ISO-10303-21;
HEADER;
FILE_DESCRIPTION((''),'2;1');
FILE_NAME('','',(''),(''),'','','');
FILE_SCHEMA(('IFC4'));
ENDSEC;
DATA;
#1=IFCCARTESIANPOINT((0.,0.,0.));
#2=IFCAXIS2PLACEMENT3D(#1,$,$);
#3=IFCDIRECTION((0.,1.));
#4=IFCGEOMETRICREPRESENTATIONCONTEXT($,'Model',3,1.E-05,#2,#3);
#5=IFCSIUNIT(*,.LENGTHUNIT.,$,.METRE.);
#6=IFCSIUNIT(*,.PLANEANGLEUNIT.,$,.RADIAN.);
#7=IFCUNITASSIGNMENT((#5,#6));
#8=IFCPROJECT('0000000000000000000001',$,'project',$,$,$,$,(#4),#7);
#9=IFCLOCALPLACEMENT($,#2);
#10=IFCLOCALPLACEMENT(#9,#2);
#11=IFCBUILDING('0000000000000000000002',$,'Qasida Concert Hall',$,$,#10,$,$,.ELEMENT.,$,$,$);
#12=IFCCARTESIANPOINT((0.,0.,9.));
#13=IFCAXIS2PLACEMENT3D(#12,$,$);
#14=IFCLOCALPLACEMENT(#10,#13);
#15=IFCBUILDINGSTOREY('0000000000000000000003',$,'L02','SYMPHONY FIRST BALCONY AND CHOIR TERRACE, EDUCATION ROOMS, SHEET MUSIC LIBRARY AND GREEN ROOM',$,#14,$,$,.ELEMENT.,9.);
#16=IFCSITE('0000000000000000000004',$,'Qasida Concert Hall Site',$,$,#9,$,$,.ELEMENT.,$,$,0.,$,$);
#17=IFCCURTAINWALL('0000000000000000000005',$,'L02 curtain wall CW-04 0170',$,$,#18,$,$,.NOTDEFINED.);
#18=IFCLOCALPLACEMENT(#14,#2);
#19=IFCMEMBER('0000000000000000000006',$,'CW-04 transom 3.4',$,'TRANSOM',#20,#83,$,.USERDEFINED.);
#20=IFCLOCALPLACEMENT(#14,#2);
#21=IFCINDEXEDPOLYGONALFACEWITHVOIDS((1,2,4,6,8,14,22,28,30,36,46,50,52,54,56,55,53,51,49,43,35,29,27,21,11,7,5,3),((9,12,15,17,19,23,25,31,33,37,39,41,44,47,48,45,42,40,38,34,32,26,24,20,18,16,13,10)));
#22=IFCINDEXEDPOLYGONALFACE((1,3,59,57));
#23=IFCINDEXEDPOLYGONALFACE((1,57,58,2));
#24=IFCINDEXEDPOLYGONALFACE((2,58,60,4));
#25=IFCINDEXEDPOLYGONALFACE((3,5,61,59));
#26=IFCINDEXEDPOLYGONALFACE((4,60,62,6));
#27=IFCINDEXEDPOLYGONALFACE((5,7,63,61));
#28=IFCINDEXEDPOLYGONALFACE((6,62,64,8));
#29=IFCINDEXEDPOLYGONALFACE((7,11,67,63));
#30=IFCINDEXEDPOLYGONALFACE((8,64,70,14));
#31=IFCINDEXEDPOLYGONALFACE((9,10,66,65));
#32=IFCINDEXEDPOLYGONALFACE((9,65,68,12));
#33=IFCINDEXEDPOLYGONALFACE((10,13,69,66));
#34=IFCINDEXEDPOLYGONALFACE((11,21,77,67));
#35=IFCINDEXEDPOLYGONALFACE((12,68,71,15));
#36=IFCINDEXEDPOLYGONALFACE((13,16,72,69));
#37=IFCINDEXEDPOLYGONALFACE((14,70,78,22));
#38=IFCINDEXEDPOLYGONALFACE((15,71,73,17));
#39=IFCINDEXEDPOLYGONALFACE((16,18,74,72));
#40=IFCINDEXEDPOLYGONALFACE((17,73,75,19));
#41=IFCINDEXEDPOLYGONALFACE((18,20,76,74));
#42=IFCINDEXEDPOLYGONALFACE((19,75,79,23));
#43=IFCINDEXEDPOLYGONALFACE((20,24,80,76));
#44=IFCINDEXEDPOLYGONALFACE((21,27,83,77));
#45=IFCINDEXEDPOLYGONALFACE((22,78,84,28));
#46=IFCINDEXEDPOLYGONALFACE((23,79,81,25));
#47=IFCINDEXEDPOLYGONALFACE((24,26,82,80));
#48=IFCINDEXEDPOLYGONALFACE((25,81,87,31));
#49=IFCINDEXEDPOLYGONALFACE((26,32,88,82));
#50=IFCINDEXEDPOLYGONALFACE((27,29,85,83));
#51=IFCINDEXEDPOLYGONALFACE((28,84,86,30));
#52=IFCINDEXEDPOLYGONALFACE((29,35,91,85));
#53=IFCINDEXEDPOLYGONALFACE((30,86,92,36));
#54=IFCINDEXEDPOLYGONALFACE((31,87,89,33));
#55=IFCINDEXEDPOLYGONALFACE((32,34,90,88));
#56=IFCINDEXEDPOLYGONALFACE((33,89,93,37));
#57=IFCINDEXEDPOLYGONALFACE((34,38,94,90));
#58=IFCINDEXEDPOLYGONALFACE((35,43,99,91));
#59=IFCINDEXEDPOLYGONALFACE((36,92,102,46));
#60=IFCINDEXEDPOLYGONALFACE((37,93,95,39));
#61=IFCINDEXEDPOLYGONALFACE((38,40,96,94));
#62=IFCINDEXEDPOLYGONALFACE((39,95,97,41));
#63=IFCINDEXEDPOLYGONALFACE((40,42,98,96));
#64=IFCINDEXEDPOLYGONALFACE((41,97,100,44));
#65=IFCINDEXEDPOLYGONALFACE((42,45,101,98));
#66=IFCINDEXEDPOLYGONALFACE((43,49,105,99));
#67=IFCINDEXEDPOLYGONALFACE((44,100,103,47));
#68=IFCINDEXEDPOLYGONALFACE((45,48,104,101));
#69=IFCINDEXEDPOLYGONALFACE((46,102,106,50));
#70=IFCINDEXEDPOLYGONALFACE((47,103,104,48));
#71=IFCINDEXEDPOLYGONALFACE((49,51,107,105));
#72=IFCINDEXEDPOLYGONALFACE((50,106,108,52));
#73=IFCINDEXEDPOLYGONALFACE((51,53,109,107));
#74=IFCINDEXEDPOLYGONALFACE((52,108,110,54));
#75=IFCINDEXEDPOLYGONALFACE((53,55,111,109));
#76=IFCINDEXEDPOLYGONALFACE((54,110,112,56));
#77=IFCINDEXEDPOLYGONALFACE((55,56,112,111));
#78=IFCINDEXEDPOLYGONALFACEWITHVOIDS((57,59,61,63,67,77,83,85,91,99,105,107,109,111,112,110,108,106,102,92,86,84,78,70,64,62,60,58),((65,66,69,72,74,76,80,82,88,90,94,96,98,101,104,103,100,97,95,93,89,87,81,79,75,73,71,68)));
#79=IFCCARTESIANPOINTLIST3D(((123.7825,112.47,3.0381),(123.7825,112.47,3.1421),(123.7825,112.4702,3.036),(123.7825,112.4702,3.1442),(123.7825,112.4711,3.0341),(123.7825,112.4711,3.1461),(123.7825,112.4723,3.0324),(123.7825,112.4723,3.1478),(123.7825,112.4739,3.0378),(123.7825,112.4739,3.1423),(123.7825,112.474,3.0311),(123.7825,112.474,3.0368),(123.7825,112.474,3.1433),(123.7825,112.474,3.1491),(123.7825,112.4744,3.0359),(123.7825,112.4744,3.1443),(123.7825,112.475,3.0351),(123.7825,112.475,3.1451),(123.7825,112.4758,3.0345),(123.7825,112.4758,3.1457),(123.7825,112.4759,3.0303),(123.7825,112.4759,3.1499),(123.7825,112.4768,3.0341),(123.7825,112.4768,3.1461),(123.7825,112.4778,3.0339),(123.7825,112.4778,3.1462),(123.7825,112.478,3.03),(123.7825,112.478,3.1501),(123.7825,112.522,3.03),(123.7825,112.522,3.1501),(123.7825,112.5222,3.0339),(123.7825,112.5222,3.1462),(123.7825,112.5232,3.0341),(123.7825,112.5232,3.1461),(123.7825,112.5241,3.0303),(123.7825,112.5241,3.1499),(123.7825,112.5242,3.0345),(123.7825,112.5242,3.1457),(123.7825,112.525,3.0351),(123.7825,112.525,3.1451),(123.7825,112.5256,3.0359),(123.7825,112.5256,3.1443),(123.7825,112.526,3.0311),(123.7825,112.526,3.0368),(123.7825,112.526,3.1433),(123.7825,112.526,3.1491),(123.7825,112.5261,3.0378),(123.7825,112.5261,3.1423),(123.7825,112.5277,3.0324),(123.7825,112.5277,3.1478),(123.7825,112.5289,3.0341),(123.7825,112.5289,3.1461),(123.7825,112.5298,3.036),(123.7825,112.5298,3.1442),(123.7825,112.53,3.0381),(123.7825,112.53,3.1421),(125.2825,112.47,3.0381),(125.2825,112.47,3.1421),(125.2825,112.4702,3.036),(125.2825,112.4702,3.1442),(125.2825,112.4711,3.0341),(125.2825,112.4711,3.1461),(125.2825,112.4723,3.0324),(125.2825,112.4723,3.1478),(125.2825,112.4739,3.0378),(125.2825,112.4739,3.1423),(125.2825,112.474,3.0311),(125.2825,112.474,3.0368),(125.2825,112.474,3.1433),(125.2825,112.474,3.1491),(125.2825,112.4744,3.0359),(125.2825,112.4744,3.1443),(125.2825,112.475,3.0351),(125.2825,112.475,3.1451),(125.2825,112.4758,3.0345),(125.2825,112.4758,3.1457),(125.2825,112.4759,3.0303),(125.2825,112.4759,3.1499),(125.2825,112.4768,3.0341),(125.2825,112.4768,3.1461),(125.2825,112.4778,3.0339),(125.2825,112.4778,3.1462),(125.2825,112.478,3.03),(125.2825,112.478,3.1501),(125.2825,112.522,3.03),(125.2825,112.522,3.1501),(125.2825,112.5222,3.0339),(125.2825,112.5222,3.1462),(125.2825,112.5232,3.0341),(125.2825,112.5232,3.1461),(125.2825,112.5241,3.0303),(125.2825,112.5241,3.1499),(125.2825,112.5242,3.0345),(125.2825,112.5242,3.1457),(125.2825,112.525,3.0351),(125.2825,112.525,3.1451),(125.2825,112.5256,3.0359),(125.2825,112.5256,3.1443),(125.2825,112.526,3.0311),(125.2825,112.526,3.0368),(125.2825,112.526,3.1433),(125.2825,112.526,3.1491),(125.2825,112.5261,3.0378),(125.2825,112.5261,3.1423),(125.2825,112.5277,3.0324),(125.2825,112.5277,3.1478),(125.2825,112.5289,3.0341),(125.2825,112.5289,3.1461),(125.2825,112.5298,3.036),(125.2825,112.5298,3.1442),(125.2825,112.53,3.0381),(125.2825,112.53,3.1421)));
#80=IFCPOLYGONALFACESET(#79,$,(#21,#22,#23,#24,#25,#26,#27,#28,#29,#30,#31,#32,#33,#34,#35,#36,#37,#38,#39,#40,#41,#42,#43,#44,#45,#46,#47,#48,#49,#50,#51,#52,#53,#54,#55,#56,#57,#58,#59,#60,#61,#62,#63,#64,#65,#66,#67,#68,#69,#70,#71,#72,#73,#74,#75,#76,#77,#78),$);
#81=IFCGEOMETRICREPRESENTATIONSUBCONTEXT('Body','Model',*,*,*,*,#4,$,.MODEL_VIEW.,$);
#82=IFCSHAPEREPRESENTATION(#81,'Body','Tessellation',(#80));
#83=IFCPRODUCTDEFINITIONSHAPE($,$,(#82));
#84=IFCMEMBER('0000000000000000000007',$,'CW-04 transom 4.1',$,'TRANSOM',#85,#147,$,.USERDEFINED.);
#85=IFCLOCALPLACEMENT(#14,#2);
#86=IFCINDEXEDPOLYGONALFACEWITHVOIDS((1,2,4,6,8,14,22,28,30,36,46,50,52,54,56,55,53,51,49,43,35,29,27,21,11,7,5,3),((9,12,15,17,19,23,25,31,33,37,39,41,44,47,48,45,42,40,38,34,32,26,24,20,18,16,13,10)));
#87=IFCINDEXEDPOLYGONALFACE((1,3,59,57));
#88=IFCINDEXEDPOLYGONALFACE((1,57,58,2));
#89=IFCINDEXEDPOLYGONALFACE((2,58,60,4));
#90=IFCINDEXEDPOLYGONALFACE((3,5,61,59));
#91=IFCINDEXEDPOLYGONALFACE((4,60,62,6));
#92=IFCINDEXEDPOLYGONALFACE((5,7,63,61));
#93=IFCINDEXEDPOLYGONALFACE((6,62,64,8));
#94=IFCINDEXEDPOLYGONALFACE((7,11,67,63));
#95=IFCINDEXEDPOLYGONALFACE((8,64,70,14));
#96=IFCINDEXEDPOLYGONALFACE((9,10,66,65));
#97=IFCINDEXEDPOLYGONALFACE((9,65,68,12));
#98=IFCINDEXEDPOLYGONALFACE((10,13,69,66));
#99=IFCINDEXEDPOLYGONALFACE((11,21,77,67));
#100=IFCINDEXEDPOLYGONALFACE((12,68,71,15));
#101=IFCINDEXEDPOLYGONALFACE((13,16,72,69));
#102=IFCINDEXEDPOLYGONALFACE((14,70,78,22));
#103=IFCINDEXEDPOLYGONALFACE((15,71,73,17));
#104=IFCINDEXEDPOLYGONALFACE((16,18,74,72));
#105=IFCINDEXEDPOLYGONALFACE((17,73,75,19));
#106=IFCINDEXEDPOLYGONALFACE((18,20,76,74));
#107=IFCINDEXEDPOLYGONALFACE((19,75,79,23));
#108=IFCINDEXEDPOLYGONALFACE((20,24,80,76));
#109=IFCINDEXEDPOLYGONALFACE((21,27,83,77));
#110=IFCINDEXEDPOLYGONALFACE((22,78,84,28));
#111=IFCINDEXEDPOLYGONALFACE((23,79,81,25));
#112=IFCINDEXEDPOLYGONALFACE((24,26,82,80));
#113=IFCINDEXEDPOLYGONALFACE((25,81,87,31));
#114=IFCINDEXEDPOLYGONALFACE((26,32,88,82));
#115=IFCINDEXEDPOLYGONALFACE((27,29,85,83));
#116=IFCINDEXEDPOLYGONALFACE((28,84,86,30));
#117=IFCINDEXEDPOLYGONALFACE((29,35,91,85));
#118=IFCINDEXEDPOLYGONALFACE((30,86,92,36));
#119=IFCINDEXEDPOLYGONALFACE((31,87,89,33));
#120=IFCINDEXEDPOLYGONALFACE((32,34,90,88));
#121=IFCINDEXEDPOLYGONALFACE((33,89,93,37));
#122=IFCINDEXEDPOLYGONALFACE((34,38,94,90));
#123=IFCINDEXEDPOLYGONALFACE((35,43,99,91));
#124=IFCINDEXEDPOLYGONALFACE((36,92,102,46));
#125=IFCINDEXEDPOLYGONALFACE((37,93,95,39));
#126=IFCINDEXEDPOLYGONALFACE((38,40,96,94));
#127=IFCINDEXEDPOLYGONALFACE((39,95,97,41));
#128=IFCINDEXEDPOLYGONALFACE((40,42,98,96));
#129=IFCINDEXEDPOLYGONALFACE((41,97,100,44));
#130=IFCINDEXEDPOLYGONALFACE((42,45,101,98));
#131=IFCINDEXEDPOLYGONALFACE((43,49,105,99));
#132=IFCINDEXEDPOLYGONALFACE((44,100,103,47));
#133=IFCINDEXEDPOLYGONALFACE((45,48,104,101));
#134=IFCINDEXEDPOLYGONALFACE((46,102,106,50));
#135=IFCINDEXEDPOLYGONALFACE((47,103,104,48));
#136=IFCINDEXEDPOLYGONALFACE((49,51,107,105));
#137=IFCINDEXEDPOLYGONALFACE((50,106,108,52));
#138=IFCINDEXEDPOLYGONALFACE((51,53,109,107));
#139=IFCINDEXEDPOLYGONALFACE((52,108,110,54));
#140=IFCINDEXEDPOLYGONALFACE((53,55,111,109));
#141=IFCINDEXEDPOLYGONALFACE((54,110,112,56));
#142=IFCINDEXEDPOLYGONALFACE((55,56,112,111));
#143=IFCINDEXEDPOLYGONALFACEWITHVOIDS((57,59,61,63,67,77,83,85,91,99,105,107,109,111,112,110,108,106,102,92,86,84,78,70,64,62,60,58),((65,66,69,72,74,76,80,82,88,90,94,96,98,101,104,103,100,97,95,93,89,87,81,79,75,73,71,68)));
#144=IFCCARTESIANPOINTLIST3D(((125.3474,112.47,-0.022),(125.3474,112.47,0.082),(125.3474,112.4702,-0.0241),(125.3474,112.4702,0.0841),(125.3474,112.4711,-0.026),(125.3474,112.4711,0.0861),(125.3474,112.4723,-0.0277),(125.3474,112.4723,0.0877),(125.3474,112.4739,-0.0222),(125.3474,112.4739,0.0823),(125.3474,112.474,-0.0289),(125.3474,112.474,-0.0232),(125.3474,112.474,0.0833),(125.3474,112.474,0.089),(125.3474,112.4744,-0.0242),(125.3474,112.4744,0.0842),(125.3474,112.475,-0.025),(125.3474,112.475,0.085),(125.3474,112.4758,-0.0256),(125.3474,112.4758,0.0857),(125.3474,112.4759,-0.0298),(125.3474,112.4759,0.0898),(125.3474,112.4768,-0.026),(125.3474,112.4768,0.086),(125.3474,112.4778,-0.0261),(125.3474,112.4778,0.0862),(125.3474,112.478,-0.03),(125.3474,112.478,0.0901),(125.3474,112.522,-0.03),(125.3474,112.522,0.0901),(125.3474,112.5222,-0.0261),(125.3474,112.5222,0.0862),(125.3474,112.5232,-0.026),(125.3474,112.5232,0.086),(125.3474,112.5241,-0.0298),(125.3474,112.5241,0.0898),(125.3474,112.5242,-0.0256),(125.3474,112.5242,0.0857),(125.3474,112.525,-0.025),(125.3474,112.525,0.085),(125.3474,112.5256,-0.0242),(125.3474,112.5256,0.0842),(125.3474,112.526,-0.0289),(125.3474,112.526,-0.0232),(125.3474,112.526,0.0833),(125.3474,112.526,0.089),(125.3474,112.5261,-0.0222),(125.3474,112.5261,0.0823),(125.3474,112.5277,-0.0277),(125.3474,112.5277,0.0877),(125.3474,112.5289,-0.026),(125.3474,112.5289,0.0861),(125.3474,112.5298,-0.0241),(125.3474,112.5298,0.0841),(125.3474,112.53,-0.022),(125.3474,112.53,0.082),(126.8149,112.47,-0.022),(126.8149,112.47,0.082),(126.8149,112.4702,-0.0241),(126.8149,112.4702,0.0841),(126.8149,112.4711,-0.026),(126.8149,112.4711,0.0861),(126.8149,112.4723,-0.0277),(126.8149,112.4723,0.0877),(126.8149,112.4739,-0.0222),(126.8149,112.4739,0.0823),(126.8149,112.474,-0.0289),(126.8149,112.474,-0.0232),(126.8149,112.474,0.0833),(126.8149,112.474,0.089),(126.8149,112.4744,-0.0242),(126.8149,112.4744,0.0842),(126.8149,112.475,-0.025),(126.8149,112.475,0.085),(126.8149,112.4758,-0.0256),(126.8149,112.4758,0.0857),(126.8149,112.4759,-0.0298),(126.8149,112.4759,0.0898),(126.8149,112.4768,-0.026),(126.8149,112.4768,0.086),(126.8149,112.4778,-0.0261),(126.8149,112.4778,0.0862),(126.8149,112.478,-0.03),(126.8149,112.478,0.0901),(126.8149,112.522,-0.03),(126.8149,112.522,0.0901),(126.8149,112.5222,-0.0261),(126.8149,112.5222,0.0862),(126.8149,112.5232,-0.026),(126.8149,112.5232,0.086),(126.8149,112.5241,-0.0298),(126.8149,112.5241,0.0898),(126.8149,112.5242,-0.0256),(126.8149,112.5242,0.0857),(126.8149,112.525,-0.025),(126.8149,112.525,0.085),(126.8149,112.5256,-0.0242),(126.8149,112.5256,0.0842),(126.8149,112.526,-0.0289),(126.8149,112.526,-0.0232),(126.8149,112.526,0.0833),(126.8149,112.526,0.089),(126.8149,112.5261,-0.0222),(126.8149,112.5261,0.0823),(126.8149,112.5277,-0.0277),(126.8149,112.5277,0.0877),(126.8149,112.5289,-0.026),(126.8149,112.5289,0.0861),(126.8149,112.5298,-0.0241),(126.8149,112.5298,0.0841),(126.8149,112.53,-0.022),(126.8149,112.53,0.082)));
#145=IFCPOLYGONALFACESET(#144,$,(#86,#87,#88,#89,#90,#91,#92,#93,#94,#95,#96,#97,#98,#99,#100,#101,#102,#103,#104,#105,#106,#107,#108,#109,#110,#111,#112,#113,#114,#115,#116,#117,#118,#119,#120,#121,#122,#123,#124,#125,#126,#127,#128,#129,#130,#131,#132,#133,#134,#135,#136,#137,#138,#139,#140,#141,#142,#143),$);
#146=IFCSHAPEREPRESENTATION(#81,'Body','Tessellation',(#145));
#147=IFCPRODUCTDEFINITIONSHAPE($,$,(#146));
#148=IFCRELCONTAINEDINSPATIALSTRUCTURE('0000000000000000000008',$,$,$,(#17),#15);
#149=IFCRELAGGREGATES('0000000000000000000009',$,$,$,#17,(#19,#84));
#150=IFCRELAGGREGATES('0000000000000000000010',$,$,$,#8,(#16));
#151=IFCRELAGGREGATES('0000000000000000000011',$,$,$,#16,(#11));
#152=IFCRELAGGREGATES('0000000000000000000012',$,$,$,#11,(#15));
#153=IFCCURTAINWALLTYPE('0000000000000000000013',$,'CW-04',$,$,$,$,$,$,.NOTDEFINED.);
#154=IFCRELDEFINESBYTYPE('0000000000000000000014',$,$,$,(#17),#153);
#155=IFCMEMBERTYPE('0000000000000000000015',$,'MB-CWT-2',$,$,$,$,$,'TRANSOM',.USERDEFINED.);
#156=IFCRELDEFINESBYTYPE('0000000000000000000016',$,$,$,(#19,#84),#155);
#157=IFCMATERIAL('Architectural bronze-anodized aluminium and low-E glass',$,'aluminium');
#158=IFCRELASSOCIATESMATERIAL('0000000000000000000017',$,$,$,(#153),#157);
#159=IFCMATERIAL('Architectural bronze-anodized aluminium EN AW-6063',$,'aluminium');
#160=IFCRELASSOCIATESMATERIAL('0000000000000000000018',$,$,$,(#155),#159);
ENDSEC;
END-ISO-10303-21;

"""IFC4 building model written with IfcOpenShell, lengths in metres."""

from ifc_helpers import new_model, si_unit, direction, frame, origin, origin_2d, place, context, subcontext, project, spatial, hollow_rectangle, extrude, material, material_profile, profile_set, type_object, element, aggregate, save


model = new_model("IFC4")

# Units and contexts
model_context = context("Model", 3, precision=1e-05, world=origin(), true_north=direction((0.0, 1.0)))
body_context = subcontext(model_context, "Body", "Model", "MODEL_VIEW")
ifc_project = project(units=[si_unit("LENGTHUNIT", "METRE"), si_unit("PLANEANGLEUNIT", "RADIAN")], contexts=[model_context])

# Site, building, storey
site_placement = place(None, origin())
site = spatial("IfcSite", under=ifc_project, at=site_placement, Name="Qasida Concert Hall Site", CompositionType="ELEMENT", RefElevation=0.0)
building_placement = place(site_placement, origin())
building = spatial("IfcBuilding", under=site, at=building_placement, Name="Qasida Concert Hall", CompositionType="ELEMENT")
storey_placement = place(building_placement, frame((0.0, 0.0, 9.0)))
storey = spatial("IfcBuildingStorey", under=building, at=storey_placement, Name="L02", Description="SYMPHONY FIRST BALCONY AND CHOIR TERRACE, EDUCATION ROOMS, SHEET MUSIC LIBRARY AND GREEN ROOM", CompositionType="ELEMENT", Elevation=9.0)

# Curtain wall, members
ifc_material_1 = material(Name="Architectural bronze-anodized aluminium and low-E glass", Category="aluminium")
curtain_wall_type = type_object("IfcCurtainWallType", Name="CW-04", PredefinedType="NOTDEFINED", material=ifc_material_1)
curtain_wall_placement = place(storey_placement, origin())
curtain_wall = element("IfcCurtainWall", 1, at=curtain_wall_placement, inside=storey, type_object=curtain_wall_type, Name="L02 curtain wall CW-04 0170", PredefinedType="NOTDEFINED")
ifc_material_2 = material(Name="Architectural bronze-anodized aluminium EN AW-6063", Category="aluminium")
ifc_material_profile_1 = material_profile(ifc_material_2, hollow_rectangle(XDim=0.0601, YDim=0.1201, WallThickness=0.0039, InnerFilletRadius=0.0039, OuterFilletRadius=0.0081, at=origin_2d()), Name="CWT 120x60x4")
ifc_profile_set_1 = profile_set([ifc_material_profile_1], Name="Architectural bronze-anodized aluminium EN AW-6063")
member_type_1 = type_object("IfcMemberType", Name="MB-CWT-2", ElementType="TRANSOM", PredefinedType="USERDEFINED", material=ifc_profile_set_1)
member_1_placement = place(storey_placement, frame((123.7825, 112.5, 3.0901), z_axis=(1.0, 0.0, 0.0), x_axis=(0.0, 1.0, 0.0)))
member_1 = element("IfcMember", 2, at=member_1_placement, type_object=member_type_1, Name="CW-04 transom 3.4", ObjectType="TRANSOM", PredefinedType="USERDEFINED", context=body_context, shape_type="SweptSolid", body=[
    extrude(hollow_rectangle(XDim=0.0601, YDim=0.1201, WallThickness=0.0039, InnerFilletRadius=0.0039, OuterFilletRadius=0.0081, at=origin_2d()), origin(), (0.0, 0.0, 1.0), 1.5),
])
member_2_placement = place(storey_placement, frame((125.3474, 112.5, 0.03), z_axis=(1.0, 0.0, 0.0), x_axis=(0.0, 1.0, 0.0)))
member_2 = element("IfcMember", 3, at=member_2_placement, type_object=member_type_1, Name="CW-04 transom 4.1", ObjectType="TRANSOM", PredefinedType="USERDEFINED", context=body_context, shape_type="SweptSolid", body=[
    extrude(hollow_rectangle(XDim=0.0601, YDim=0.1201, WallThickness=0.0039, InnerFilletRadius=0.0039, OuterFilletRadius=0.0081, at=origin_2d()), origin(), (0.0, 0.0, 1.0), 1.4675),
])
aggregate(curtain_wall, [member_1, member_2])

save(model, "model.ifc")
